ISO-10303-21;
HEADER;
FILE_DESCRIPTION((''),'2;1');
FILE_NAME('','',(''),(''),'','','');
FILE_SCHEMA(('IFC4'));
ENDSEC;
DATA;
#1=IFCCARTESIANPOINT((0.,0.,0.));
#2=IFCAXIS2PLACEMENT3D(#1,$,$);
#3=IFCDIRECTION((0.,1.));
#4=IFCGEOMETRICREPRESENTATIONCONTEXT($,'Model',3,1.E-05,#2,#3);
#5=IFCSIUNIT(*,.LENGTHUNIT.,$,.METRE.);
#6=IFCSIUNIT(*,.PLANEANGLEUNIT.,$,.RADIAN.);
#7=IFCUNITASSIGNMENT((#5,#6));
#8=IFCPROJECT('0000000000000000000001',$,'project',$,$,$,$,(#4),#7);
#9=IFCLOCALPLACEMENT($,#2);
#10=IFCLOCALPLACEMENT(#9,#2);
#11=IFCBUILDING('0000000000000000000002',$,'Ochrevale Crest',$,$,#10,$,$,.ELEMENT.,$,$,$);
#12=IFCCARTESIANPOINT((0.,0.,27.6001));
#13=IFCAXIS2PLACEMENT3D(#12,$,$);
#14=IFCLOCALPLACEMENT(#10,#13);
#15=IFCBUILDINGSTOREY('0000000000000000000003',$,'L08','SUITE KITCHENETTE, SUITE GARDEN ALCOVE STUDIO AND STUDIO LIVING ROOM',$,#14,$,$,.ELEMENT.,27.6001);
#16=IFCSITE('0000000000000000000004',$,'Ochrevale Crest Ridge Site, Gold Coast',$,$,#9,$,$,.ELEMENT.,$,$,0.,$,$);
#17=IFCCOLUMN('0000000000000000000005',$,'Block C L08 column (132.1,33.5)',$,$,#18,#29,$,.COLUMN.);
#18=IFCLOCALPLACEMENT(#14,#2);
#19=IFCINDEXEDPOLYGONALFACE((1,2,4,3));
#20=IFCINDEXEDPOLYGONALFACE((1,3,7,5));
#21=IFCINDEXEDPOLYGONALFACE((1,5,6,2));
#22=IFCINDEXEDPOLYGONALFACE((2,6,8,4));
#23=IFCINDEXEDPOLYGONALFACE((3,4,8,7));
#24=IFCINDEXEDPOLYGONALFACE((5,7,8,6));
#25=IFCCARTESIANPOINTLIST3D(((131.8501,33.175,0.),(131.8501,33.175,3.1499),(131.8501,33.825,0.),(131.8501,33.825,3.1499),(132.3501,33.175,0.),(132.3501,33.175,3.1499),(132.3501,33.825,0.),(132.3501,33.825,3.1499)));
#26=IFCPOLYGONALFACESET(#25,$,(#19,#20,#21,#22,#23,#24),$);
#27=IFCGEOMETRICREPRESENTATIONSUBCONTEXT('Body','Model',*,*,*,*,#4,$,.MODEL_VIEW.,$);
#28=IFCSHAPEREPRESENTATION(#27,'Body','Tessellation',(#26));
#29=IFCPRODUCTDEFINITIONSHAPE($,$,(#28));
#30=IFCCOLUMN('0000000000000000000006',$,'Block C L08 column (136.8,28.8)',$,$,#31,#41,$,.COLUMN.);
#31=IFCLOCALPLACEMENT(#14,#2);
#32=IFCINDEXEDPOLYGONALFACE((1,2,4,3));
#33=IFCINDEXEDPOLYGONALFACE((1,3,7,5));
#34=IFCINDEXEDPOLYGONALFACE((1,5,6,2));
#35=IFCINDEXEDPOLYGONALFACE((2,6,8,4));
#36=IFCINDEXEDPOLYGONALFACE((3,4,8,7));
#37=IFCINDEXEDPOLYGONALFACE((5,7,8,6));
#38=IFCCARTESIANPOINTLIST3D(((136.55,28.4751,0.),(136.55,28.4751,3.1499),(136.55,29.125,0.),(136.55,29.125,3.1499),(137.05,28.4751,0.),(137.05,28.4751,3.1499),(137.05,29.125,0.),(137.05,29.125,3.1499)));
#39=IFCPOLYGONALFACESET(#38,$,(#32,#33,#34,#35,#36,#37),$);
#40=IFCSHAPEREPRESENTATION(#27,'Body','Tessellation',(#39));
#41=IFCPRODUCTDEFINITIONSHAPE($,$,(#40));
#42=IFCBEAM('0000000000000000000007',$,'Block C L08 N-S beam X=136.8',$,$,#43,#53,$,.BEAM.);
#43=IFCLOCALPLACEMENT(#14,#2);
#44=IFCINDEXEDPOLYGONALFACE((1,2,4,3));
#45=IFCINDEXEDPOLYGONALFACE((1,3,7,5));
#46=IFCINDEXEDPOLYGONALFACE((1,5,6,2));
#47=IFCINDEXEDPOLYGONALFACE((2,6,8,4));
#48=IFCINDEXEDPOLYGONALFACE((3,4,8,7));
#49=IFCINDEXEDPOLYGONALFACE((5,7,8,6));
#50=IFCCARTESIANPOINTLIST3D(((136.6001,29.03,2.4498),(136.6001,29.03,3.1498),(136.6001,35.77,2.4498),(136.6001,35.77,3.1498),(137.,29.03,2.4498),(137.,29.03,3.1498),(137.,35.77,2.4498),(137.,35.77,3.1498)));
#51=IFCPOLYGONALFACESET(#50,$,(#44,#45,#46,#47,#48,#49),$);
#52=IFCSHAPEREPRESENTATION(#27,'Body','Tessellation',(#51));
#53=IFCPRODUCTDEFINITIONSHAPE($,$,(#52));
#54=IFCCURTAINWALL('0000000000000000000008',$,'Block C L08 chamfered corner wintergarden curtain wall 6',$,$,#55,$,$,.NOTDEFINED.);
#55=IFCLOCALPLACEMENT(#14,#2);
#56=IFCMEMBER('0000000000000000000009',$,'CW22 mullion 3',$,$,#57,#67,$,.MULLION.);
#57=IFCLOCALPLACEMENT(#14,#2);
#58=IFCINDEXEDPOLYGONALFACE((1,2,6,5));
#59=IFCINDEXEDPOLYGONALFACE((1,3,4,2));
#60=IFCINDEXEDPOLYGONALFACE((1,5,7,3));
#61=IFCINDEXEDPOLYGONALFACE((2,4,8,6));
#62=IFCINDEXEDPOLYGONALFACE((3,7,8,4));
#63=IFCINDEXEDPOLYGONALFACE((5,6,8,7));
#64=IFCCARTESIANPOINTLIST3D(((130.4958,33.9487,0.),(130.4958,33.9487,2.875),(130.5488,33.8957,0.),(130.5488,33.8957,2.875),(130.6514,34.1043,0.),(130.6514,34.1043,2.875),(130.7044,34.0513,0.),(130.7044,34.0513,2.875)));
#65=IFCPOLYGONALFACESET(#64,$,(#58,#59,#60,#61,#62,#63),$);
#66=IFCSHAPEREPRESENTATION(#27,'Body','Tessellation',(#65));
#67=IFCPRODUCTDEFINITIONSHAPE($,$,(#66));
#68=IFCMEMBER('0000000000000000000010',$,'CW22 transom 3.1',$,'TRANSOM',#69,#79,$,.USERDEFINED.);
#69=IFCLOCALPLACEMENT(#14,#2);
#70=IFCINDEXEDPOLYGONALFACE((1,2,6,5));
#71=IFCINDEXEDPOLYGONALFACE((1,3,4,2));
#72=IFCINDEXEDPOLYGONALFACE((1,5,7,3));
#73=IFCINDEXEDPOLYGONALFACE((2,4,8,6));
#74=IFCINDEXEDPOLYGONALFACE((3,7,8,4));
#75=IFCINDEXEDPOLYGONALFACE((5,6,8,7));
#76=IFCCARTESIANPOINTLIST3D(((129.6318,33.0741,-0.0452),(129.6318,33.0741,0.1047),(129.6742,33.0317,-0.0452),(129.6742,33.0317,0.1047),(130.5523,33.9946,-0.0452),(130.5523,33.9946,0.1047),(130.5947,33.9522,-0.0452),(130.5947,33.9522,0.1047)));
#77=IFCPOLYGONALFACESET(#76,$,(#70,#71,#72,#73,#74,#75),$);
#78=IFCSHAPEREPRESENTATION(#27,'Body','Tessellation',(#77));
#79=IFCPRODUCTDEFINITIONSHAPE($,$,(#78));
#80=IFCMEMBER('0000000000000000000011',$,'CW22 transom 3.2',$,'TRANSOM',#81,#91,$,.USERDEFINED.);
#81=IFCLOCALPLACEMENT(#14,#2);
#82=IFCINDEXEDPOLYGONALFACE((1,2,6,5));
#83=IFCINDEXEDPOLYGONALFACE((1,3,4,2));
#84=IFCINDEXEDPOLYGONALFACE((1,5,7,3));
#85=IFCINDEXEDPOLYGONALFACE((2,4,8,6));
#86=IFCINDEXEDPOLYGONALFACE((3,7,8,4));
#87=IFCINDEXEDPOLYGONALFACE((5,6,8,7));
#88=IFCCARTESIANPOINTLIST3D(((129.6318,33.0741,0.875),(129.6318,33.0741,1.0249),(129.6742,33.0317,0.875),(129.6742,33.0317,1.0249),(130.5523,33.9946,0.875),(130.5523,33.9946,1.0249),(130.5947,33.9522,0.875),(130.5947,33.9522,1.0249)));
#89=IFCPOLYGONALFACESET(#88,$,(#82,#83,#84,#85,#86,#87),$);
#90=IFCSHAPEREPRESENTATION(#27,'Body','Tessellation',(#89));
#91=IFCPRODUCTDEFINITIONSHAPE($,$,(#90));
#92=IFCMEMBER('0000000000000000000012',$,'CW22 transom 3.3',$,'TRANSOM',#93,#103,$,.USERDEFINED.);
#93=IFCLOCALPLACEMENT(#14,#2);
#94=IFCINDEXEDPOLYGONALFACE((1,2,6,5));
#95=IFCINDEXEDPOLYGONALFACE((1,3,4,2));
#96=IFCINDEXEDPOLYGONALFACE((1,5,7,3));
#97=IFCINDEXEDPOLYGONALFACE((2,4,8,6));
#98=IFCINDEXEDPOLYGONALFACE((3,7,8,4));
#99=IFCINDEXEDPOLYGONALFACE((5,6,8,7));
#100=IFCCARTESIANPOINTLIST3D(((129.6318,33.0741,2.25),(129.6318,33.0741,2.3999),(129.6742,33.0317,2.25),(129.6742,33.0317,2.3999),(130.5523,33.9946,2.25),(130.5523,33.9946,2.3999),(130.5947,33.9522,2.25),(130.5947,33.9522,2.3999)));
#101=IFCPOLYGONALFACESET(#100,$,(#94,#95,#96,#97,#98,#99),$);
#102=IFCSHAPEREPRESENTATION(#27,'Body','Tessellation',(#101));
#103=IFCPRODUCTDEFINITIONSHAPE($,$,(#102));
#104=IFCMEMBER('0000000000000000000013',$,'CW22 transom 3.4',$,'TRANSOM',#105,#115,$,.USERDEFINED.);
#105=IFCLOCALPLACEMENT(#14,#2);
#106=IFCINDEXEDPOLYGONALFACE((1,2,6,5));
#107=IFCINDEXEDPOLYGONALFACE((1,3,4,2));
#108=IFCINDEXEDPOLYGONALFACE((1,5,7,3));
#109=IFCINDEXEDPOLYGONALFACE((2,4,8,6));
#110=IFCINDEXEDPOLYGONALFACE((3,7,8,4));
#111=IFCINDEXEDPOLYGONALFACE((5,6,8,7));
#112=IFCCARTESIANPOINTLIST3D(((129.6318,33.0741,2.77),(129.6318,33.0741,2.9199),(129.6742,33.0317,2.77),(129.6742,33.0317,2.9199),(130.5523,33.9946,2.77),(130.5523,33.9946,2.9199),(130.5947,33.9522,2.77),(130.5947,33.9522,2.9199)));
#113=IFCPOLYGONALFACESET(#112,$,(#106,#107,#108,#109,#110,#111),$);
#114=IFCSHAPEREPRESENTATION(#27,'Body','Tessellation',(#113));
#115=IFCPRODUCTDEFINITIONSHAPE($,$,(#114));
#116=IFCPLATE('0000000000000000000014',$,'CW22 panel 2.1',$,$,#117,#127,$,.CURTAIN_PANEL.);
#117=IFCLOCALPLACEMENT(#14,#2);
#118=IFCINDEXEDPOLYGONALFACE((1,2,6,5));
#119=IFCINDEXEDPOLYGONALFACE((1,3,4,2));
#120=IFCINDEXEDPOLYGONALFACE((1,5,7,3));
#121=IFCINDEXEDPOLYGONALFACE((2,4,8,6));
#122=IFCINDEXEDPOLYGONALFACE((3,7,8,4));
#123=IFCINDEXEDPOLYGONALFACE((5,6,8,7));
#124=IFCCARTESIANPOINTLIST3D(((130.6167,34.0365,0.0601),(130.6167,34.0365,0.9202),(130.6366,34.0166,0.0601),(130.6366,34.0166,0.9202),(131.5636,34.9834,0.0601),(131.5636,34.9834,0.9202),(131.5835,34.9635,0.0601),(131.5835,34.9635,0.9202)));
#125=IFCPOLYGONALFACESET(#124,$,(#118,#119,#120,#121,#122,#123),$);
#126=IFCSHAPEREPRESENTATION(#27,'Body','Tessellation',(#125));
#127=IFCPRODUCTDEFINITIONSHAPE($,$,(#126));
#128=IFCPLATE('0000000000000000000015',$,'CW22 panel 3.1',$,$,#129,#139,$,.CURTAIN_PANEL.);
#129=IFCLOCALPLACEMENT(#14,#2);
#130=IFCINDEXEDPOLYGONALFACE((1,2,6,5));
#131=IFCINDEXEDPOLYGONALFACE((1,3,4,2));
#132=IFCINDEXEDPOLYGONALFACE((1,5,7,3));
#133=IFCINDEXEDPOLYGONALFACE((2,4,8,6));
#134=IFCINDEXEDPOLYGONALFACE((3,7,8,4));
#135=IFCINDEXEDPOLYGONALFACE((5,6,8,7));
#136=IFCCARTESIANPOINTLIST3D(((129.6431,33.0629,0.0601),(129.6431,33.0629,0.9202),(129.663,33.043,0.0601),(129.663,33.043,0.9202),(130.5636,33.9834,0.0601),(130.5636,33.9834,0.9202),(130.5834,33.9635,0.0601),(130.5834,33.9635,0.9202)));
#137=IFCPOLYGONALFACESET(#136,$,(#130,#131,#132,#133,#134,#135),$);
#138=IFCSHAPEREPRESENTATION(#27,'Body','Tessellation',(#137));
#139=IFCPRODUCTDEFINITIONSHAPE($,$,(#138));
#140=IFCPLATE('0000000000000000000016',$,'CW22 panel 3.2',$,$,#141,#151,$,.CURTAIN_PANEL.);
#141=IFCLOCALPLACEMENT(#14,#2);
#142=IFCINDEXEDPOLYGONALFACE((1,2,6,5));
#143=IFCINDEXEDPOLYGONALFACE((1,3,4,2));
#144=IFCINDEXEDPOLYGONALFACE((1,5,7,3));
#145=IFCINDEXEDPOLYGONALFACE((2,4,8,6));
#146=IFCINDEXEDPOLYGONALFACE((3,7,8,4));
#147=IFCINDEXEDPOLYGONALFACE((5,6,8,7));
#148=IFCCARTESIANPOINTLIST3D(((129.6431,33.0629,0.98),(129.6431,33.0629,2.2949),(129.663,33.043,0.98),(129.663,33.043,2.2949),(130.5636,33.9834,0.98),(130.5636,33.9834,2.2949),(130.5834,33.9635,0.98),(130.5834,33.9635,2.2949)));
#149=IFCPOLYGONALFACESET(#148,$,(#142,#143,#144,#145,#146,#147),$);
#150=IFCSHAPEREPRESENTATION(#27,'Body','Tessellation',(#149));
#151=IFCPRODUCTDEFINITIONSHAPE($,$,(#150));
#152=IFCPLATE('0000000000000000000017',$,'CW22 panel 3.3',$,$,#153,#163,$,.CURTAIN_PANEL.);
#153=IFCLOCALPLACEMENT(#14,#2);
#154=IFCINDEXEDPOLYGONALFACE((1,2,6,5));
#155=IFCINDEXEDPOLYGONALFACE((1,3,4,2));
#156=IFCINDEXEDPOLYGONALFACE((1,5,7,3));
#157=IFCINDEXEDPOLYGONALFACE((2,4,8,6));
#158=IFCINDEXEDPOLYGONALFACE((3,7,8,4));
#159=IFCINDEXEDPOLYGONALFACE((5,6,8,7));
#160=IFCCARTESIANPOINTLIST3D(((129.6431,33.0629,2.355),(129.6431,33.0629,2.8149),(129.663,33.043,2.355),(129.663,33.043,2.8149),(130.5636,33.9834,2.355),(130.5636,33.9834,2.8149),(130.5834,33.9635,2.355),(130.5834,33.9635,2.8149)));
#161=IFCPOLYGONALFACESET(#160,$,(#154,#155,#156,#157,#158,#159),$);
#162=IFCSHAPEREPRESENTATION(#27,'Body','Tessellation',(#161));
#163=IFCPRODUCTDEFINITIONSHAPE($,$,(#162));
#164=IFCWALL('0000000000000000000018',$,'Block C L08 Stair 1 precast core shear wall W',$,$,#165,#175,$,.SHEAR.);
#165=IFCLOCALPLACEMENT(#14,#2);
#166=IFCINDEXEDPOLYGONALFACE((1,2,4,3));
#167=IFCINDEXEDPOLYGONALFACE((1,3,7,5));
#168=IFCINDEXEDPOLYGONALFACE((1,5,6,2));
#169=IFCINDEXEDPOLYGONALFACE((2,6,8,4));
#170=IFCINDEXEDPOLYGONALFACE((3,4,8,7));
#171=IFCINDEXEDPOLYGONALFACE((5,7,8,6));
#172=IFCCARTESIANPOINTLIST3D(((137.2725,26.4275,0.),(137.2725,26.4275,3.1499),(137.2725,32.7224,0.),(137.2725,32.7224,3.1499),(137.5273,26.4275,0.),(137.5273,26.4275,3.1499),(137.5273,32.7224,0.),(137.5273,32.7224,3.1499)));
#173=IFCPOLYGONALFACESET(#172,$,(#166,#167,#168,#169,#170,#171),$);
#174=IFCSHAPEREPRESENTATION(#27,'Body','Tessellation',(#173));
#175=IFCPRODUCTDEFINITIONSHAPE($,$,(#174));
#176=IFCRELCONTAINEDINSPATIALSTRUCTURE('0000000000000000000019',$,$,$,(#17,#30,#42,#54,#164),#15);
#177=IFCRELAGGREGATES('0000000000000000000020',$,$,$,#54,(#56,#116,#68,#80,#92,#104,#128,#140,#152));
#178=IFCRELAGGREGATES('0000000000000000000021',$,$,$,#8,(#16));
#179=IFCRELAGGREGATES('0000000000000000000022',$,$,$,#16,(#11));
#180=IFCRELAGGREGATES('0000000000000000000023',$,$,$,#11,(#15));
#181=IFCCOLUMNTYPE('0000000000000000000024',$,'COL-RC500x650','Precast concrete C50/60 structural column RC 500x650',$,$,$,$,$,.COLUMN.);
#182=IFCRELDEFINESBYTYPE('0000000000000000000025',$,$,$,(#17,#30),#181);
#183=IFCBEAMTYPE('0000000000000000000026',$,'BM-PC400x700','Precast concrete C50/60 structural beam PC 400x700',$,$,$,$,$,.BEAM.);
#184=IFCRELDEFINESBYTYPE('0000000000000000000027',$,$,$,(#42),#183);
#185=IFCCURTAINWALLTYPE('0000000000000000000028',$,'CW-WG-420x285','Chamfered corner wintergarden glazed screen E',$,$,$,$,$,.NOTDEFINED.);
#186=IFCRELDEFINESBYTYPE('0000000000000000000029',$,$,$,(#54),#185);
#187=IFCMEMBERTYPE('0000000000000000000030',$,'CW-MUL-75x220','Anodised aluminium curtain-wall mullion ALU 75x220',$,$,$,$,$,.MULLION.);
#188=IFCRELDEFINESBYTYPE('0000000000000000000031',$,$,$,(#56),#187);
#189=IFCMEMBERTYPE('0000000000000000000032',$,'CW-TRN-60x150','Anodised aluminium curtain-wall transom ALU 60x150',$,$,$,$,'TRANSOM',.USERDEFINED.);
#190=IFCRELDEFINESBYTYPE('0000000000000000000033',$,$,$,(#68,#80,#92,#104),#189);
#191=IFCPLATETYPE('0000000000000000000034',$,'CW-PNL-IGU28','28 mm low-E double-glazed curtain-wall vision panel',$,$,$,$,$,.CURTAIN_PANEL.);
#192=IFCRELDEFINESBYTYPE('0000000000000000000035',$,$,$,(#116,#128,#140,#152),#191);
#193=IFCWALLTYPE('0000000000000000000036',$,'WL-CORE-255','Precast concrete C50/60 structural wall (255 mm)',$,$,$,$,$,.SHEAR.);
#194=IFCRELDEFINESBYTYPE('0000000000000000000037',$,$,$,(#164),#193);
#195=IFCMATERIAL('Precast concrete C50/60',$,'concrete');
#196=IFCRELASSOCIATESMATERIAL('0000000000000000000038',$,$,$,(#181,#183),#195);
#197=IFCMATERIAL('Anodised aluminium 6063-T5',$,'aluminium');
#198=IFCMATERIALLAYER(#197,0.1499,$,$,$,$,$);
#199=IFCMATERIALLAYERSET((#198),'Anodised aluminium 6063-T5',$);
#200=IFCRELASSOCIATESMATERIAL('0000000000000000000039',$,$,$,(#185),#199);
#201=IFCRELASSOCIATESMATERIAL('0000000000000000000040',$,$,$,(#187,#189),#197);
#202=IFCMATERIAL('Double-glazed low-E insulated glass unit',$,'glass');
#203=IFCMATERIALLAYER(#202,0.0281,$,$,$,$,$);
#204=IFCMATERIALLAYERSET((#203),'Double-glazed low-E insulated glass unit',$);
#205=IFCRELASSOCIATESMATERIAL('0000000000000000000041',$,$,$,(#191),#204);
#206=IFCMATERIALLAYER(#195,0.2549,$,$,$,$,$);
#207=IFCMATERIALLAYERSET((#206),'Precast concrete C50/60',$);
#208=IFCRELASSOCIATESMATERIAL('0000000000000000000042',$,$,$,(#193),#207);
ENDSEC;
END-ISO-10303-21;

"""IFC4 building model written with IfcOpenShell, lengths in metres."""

from ifc_helpers import new_model, si_unit, direction, frame, frame_2d, origin, origin_2d, place, context, subcontext, project, spatial, rectangle, extrude, material, layer, layer_set, material_profile, profile_set, type_object, element, aggregate, save


model = new_model("IFC4")

# Units and contexts
model_context = context("Model", 3, precision=1e-05, world=origin(), true_north=direction((0.0, 1.0)))
body_context = subcontext(model_context, "Body", "Model", "MODEL_VIEW")
ifc_project = project(units=[si_unit("LENGTHUNIT", "METRE"), si_unit("PLANEANGLEUNIT", "RADIAN")], contexts=[model_context])

# Site, building, storey
site_placement = place(None, origin())
site = spatial("IfcSite", under=ifc_project, at=site_placement, Name="Ochrevale Crest Ridge Site, Gold Coast", CompositionType="ELEMENT", RefElevation=0.0)
building_placement = place(site_placement, origin())
building = spatial("IfcBuilding", under=site, at=building_placement, Name="Ochrevale Crest", CompositionType="ELEMENT")
storey_placement = place(building_placement, frame((0.0, 0.0, 27.6001)))
storey = spatial("IfcBuildingStorey", under=building, at=storey_placement, Name="L08", Description="SUITE KITCHENETTE, SUITE GARDEN ALCOVE STUDIO AND STUDIO LIVING ROOM", CompositionType="ELEMENT", Elevation=27.6001)

# Columns
ifc_material_1 = material(Name="Precast concrete C50/60", Category="concrete")
ifc_material_profile_1 = material_profile(ifc_material_1, rectangle(XDim=0.5, YDim=0.6499, at=origin_2d()), Name="RC 500x650")
ifc_profile_set_1 = profile_set([ifc_material_profile_1], Name="Precast concrete C50/60")
column_type = type_object("IfcColumnType", Name="COL-RC500x650", Description="Precast concrete C50/60 structural column RC 500x650", PredefinedType="COLUMN", material=ifc_profile_set_1)
for number, where, z_axis, x_axis, name in (
    (1, (132.1001, 33.5, 0.0), (0.0, 0.0, 1.0), (1.0, 0.0, 0.0), "Block C L08 column (132.1,33.5)"),
    (2, (136.8, 28.8, 0.0), (0.0, 0.0, 1.0), (1.0, 0.0, 0.0), "Block C L08 column (136.8,28.8)"),
):
    element("IfcColumn", number, at=place(storey_placement, frame(where, z_axis=z_axis, x_axis=x_axis)), inside=storey, type_object=column_type, Name=name, PredefinedType="COLUMN", context=body_context, shape_type="SweptSolid", body=[
        extrude(rectangle(XDim=0.5, YDim=0.6499, at=origin_2d()), origin(), (0.0, 0.0, 1.0), 3.1499),
    ])

# Beam
ifc_material_profile_2 = material_profile(ifc_material_1, rectangle(XDim=0.3999, YDim=0.7, at=origin_2d()), Name="PC 400x700")
ifc_profile_set_2 = profile_set([ifc_material_profile_2], Name="Precast concrete C50/60")
beam_type = type_object("IfcBeamType", Name="BM-PC400x700", Description="Precast concrete C50/60 structural beam PC 400x700", PredefinedType="BEAM", material=ifc_profile_set_2)
beam_placement = place(storey_placement, frame((136.8, 29.03, 2.7998), z_axis=(0.0, 1.0, 0.0), x_axis=(-1.0, 0.0, 0.0)))
element("IfcBeam", 3, at=beam_placement, inside=storey, type_object=beam_type, Name="Block C L08 N-S beam X=136.8", PredefinedType="BEAM", context=body_context, shape_type="SweptSolid", body=[
    extrude(rectangle(XDim=0.3999, YDim=0.7, at=origin_2d()), origin(), (0.0, 0.0, 1.0), 6.74),
])

# Curtain wall, members, plates
ifc_material_2 = material(Name="Anodised aluminium 6063-T5", Category="aluminium")
ifc_layer_1 = layer(ifc_material_2, 0.1499)
ifc_layer_set_1 = layer_set([ifc_layer_1], Name="Anodised aluminium 6063-T5")
curtain_wall_type = type_object("IfcCurtainWallType", Name="CW-WG-420x285", Description="Chamfered corner wintergarden glazed screen E", PredefinedType="NOTDEFINED", material=ifc_layer_set_1)
curtain_wall_placement = place(storey_placement, origin())
curtain_wall = element("IfcCurtainWall", 4, at=curtain_wall_placement, inside=storey, type_object=curtain_wall_type, Name="Block C L08 chamfered corner wintergarden curtain wall 6", PredefinedType="NOTDEFINED")
ifc_material_profile_3 = material_profile(ifc_material_2, rectangle(XDim=0.075, YDim=0.22, at=origin_2d()), Name="ALU 75x220")
ifc_profile_set_3 = profile_set([ifc_material_profile_3], Name="Anodised aluminium 6063-T5")
member_type_1 = type_object("IfcMemberType", Name="CW-MUL-75x220", Description="Anodised aluminium curtain-wall mullion ALU 75x220", PredefinedType="MULLION", material=ifc_profile_set_3)
member_1_placement = place(storey_placement, frame((130.6001, 34.0, 0.0), z_axis=(0.0, 0.0, 1.0), x_axis=(0.707107, -0.707107, 0.0)))
member_1 = element("IfcMember", 5, at=member_1_placement, type_object=member_type_1, Name="CW22 mullion 3", PredefinedType="MULLION", context=body_context, shape_type="SweptSolid", body=[
    extrude(rectangle(XDim=0.075, YDim=0.22, at=origin_2d()), origin(), (0.0, 0.0, 1.0), 2.875),
])
ifc_material_profile_4 = material_profile(ifc_material_2, rectangle(XDim=0.0601, YDim=0.1499, at=origin_2d()), Name="ALU 60x150")
ifc_profile_set_4 = profile_set([ifc_material_profile_4], Name="Anodised aluminium 6063-T5")
member_type_2 = type_object("IfcMemberType", Name="CW-TRN-60x150", Description="Anodised aluminium curtain-wall transom ALU 60x150", ElementType="TRANSOM", PredefinedType="USERDEFINED", material=ifc_profile_set_4)
member_2_placement = place(storey_placement, frame((130.5735, 33.9734, 0.0298), z_axis=(-0.707107, -0.707107, 0.0), x_axis=(0.707107, -0.707107, 0.0)))
member_2 = element("IfcMember", 6, at=member_2_placement, type_object=member_type_2, Name="CW22 transom 3.1", ObjectType="TRANSOM", PredefinedType="USERDEFINED", context=body_context, shape_type="SweptSolid", body=[
    extrude(rectangle(XDim=0.0601, YDim=0.1499, at=origin_2d()), origin(), (0.0, 0.0, 1.0), 1.3018),
])
member_3_placement = place(storey_placement, frame((130.5735, 33.9734, 0.95), z_axis=(-0.707107, -0.707107, 0.0), x_axis=(0.707107, -0.707107, 0.0)))
member_3 = element("IfcMember", 7, at=member_3_placement, type_object=member_type_2, Name="CW22 transom 3.2", ObjectType="TRANSOM", PredefinedType="USERDEFINED", context=body_context, shape_type="SweptSolid", body=[
    extrude(rectangle(XDim=0.0601, YDim=0.1499, at=origin_2d()), origin(), (0.0, 0.0, 1.0), 1.3018),
])
member_4_placement = place(storey_placement, frame((130.5735, 33.9734, 2.325), z_axis=(-0.707107, -0.707107, 0.0), x_axis=(0.707107, -0.707107, 0.0)))
member_4 = element("IfcMember", 8, at=member_4_placement, type_object=member_type_2, Name="CW22 transom 3.3", ObjectType="TRANSOM", PredefinedType="USERDEFINED", context=body_context, shape_type="SweptSolid", body=[
    extrude(rectangle(XDim=0.0601, YDim=0.1499, at=origin_2d()), origin(), (0.0, 0.0, 1.0), 1.3018),
])
member_5_placement = place(storey_placement, frame((130.5735, 33.9734, 2.845), z_axis=(-0.707107, -0.707107, 0.0), x_axis=(0.707107, -0.707107, 0.0)))
member_5 = element("IfcMember", 9, at=member_5_placement, type_object=member_type_2, Name="CW22 transom 3.4", ObjectType="TRANSOM", PredefinedType="USERDEFINED", context=body_context, shape_type="SweptSolid", body=[
    extrude(rectangle(XDim=0.0601, YDim=0.1499, at=origin_2d()), origin(), (0.0, 0.0, 1.0), 1.3018),
])
ifc_material_3 = material(Name="Double-glazed low-E insulated glass unit", Category="glass")
ifc_layer_2 = layer(ifc_material_3, 0.0281)
ifc_layer_set_2 = layer_set([ifc_layer_2], Name="Double-glazed low-E insulated glass unit")
plate_type = type_object("IfcPlateType", Name="CW-PNL-IGU28", Description="28 mm low-E double-glazed curtain-wall vision panel", PredefinedType="CURTAIN_PANEL", material=ifc_layer_set_2)
plate_1_placement = place(storey_placement, frame((131.1001, 34.5, 0.0601), z_axis=(0.0, 0.0, 1.0), x_axis=(-0.707107, -0.707107, 0.0)))
plate_1 = element("IfcPlate", 10, at=plate_1_placement, type_object=plate_type, Name="CW22 panel 2.1", PredefinedType="CURTAIN_PANEL", context=body_context, shape_type="SweptSolid", body=[
    extrude(rectangle(XDim=1.3391, YDim=0.0281, at=origin_2d()), origin(), (0.0, 0.0, 1.0), 0.8601),
])
plate_2_placement = place(storey_placement, frame((130.1133, 33.5132, 0.0601), z_axis=(0.0, 0.0, 1.0), x_axis=(-0.707107, -0.707107, 0.0)))
plate_2 = element("IfcPlate", 11, at=plate_2_placement, type_object=plate_type, Name="CW22 panel 3.1", PredefinedType="CURTAIN_PANEL", context=body_context, shape_type="SweptSolid", body=[
    extrude(rectangle(XDim=1.3018, YDim=0.0281, at=origin_2d()), origin(), (0.0, 0.0, 1.0), 0.8601),
])
plate_3_placement = place(storey_placement, frame((130.1133, 33.5132, 0.98), z_axis=(0.0, 0.0, 1.0), x_axis=(-0.707107, -0.707107, 0.0)))
plate_3 = element("IfcPlate", 12, at=plate_3_placement, type_object=plate_type, Name="CW22 panel 3.2", PredefinedType="CURTAIN_PANEL", context=body_context, shape_type="SweptSolid", body=[
    extrude(rectangle(XDim=1.3018, YDim=0.0281, at=origin_2d()), origin(), (0.0, 0.0, 1.0), 1.3149),
])
plate_4_placement = place(storey_placement, frame((130.1133, 33.5132, 2.355), z_axis=(0.0, 0.0, 1.0), x_axis=(-0.707107, -0.707107, 0.0)))
plate_4 = element("IfcPlate", 13, at=plate_4_placement, type_object=plate_type, Name="CW22 panel 3.3", PredefinedType="CURTAIN_PANEL", context=body_context, shape_type="SweptSolid", body=[
    extrude(rectangle(XDim=1.3018, YDim=0.0281, at=origin_2d()), origin(), (0.0, 0.0, 1.0), 0.46),
])
aggregate(curtain_wall, [member_1, plate_1, member_2, member_3, member_4, member_5, plate_2, plate_3, plate_4])

# Shared definitions
ifc_layer_3 = layer(ifc_material_1, 0.2549)
ifc_layer_set_3 = layer_set([ifc_layer_3], Name="Precast concrete C50/60")
wall_type = type_object("IfcWallType", Name="WL-CORE-255", Description="Precast concrete C50/60 structural wall (255 mm)", PredefinedType="SHEAR", material=ifc_layer_set_3)

# Wall
wall_1_placement = place(storey_placement, frame((137.3999, 26.4275, 0.0), z_axis=(0.0, 0.0, 1.0), x_axis=(0.0, 1.0, 0.0)))
element("IfcWall", 14, at=wall_1_placement, inside=storey, type_object=wall_type, Name="Block C L08 Stair 1 precast core shear wall W", PredefinedType="SHEAR", context=body_context, shape_type="SweptSolid", body=[
    extrude(rectangle(XDim=6.2949, YDim=0.2549, at=frame_2d((3.1475, 0.0))), origin(), (0.0, 0.0, 1.0), 3.1499),
])

save(model, "model.ifc")
